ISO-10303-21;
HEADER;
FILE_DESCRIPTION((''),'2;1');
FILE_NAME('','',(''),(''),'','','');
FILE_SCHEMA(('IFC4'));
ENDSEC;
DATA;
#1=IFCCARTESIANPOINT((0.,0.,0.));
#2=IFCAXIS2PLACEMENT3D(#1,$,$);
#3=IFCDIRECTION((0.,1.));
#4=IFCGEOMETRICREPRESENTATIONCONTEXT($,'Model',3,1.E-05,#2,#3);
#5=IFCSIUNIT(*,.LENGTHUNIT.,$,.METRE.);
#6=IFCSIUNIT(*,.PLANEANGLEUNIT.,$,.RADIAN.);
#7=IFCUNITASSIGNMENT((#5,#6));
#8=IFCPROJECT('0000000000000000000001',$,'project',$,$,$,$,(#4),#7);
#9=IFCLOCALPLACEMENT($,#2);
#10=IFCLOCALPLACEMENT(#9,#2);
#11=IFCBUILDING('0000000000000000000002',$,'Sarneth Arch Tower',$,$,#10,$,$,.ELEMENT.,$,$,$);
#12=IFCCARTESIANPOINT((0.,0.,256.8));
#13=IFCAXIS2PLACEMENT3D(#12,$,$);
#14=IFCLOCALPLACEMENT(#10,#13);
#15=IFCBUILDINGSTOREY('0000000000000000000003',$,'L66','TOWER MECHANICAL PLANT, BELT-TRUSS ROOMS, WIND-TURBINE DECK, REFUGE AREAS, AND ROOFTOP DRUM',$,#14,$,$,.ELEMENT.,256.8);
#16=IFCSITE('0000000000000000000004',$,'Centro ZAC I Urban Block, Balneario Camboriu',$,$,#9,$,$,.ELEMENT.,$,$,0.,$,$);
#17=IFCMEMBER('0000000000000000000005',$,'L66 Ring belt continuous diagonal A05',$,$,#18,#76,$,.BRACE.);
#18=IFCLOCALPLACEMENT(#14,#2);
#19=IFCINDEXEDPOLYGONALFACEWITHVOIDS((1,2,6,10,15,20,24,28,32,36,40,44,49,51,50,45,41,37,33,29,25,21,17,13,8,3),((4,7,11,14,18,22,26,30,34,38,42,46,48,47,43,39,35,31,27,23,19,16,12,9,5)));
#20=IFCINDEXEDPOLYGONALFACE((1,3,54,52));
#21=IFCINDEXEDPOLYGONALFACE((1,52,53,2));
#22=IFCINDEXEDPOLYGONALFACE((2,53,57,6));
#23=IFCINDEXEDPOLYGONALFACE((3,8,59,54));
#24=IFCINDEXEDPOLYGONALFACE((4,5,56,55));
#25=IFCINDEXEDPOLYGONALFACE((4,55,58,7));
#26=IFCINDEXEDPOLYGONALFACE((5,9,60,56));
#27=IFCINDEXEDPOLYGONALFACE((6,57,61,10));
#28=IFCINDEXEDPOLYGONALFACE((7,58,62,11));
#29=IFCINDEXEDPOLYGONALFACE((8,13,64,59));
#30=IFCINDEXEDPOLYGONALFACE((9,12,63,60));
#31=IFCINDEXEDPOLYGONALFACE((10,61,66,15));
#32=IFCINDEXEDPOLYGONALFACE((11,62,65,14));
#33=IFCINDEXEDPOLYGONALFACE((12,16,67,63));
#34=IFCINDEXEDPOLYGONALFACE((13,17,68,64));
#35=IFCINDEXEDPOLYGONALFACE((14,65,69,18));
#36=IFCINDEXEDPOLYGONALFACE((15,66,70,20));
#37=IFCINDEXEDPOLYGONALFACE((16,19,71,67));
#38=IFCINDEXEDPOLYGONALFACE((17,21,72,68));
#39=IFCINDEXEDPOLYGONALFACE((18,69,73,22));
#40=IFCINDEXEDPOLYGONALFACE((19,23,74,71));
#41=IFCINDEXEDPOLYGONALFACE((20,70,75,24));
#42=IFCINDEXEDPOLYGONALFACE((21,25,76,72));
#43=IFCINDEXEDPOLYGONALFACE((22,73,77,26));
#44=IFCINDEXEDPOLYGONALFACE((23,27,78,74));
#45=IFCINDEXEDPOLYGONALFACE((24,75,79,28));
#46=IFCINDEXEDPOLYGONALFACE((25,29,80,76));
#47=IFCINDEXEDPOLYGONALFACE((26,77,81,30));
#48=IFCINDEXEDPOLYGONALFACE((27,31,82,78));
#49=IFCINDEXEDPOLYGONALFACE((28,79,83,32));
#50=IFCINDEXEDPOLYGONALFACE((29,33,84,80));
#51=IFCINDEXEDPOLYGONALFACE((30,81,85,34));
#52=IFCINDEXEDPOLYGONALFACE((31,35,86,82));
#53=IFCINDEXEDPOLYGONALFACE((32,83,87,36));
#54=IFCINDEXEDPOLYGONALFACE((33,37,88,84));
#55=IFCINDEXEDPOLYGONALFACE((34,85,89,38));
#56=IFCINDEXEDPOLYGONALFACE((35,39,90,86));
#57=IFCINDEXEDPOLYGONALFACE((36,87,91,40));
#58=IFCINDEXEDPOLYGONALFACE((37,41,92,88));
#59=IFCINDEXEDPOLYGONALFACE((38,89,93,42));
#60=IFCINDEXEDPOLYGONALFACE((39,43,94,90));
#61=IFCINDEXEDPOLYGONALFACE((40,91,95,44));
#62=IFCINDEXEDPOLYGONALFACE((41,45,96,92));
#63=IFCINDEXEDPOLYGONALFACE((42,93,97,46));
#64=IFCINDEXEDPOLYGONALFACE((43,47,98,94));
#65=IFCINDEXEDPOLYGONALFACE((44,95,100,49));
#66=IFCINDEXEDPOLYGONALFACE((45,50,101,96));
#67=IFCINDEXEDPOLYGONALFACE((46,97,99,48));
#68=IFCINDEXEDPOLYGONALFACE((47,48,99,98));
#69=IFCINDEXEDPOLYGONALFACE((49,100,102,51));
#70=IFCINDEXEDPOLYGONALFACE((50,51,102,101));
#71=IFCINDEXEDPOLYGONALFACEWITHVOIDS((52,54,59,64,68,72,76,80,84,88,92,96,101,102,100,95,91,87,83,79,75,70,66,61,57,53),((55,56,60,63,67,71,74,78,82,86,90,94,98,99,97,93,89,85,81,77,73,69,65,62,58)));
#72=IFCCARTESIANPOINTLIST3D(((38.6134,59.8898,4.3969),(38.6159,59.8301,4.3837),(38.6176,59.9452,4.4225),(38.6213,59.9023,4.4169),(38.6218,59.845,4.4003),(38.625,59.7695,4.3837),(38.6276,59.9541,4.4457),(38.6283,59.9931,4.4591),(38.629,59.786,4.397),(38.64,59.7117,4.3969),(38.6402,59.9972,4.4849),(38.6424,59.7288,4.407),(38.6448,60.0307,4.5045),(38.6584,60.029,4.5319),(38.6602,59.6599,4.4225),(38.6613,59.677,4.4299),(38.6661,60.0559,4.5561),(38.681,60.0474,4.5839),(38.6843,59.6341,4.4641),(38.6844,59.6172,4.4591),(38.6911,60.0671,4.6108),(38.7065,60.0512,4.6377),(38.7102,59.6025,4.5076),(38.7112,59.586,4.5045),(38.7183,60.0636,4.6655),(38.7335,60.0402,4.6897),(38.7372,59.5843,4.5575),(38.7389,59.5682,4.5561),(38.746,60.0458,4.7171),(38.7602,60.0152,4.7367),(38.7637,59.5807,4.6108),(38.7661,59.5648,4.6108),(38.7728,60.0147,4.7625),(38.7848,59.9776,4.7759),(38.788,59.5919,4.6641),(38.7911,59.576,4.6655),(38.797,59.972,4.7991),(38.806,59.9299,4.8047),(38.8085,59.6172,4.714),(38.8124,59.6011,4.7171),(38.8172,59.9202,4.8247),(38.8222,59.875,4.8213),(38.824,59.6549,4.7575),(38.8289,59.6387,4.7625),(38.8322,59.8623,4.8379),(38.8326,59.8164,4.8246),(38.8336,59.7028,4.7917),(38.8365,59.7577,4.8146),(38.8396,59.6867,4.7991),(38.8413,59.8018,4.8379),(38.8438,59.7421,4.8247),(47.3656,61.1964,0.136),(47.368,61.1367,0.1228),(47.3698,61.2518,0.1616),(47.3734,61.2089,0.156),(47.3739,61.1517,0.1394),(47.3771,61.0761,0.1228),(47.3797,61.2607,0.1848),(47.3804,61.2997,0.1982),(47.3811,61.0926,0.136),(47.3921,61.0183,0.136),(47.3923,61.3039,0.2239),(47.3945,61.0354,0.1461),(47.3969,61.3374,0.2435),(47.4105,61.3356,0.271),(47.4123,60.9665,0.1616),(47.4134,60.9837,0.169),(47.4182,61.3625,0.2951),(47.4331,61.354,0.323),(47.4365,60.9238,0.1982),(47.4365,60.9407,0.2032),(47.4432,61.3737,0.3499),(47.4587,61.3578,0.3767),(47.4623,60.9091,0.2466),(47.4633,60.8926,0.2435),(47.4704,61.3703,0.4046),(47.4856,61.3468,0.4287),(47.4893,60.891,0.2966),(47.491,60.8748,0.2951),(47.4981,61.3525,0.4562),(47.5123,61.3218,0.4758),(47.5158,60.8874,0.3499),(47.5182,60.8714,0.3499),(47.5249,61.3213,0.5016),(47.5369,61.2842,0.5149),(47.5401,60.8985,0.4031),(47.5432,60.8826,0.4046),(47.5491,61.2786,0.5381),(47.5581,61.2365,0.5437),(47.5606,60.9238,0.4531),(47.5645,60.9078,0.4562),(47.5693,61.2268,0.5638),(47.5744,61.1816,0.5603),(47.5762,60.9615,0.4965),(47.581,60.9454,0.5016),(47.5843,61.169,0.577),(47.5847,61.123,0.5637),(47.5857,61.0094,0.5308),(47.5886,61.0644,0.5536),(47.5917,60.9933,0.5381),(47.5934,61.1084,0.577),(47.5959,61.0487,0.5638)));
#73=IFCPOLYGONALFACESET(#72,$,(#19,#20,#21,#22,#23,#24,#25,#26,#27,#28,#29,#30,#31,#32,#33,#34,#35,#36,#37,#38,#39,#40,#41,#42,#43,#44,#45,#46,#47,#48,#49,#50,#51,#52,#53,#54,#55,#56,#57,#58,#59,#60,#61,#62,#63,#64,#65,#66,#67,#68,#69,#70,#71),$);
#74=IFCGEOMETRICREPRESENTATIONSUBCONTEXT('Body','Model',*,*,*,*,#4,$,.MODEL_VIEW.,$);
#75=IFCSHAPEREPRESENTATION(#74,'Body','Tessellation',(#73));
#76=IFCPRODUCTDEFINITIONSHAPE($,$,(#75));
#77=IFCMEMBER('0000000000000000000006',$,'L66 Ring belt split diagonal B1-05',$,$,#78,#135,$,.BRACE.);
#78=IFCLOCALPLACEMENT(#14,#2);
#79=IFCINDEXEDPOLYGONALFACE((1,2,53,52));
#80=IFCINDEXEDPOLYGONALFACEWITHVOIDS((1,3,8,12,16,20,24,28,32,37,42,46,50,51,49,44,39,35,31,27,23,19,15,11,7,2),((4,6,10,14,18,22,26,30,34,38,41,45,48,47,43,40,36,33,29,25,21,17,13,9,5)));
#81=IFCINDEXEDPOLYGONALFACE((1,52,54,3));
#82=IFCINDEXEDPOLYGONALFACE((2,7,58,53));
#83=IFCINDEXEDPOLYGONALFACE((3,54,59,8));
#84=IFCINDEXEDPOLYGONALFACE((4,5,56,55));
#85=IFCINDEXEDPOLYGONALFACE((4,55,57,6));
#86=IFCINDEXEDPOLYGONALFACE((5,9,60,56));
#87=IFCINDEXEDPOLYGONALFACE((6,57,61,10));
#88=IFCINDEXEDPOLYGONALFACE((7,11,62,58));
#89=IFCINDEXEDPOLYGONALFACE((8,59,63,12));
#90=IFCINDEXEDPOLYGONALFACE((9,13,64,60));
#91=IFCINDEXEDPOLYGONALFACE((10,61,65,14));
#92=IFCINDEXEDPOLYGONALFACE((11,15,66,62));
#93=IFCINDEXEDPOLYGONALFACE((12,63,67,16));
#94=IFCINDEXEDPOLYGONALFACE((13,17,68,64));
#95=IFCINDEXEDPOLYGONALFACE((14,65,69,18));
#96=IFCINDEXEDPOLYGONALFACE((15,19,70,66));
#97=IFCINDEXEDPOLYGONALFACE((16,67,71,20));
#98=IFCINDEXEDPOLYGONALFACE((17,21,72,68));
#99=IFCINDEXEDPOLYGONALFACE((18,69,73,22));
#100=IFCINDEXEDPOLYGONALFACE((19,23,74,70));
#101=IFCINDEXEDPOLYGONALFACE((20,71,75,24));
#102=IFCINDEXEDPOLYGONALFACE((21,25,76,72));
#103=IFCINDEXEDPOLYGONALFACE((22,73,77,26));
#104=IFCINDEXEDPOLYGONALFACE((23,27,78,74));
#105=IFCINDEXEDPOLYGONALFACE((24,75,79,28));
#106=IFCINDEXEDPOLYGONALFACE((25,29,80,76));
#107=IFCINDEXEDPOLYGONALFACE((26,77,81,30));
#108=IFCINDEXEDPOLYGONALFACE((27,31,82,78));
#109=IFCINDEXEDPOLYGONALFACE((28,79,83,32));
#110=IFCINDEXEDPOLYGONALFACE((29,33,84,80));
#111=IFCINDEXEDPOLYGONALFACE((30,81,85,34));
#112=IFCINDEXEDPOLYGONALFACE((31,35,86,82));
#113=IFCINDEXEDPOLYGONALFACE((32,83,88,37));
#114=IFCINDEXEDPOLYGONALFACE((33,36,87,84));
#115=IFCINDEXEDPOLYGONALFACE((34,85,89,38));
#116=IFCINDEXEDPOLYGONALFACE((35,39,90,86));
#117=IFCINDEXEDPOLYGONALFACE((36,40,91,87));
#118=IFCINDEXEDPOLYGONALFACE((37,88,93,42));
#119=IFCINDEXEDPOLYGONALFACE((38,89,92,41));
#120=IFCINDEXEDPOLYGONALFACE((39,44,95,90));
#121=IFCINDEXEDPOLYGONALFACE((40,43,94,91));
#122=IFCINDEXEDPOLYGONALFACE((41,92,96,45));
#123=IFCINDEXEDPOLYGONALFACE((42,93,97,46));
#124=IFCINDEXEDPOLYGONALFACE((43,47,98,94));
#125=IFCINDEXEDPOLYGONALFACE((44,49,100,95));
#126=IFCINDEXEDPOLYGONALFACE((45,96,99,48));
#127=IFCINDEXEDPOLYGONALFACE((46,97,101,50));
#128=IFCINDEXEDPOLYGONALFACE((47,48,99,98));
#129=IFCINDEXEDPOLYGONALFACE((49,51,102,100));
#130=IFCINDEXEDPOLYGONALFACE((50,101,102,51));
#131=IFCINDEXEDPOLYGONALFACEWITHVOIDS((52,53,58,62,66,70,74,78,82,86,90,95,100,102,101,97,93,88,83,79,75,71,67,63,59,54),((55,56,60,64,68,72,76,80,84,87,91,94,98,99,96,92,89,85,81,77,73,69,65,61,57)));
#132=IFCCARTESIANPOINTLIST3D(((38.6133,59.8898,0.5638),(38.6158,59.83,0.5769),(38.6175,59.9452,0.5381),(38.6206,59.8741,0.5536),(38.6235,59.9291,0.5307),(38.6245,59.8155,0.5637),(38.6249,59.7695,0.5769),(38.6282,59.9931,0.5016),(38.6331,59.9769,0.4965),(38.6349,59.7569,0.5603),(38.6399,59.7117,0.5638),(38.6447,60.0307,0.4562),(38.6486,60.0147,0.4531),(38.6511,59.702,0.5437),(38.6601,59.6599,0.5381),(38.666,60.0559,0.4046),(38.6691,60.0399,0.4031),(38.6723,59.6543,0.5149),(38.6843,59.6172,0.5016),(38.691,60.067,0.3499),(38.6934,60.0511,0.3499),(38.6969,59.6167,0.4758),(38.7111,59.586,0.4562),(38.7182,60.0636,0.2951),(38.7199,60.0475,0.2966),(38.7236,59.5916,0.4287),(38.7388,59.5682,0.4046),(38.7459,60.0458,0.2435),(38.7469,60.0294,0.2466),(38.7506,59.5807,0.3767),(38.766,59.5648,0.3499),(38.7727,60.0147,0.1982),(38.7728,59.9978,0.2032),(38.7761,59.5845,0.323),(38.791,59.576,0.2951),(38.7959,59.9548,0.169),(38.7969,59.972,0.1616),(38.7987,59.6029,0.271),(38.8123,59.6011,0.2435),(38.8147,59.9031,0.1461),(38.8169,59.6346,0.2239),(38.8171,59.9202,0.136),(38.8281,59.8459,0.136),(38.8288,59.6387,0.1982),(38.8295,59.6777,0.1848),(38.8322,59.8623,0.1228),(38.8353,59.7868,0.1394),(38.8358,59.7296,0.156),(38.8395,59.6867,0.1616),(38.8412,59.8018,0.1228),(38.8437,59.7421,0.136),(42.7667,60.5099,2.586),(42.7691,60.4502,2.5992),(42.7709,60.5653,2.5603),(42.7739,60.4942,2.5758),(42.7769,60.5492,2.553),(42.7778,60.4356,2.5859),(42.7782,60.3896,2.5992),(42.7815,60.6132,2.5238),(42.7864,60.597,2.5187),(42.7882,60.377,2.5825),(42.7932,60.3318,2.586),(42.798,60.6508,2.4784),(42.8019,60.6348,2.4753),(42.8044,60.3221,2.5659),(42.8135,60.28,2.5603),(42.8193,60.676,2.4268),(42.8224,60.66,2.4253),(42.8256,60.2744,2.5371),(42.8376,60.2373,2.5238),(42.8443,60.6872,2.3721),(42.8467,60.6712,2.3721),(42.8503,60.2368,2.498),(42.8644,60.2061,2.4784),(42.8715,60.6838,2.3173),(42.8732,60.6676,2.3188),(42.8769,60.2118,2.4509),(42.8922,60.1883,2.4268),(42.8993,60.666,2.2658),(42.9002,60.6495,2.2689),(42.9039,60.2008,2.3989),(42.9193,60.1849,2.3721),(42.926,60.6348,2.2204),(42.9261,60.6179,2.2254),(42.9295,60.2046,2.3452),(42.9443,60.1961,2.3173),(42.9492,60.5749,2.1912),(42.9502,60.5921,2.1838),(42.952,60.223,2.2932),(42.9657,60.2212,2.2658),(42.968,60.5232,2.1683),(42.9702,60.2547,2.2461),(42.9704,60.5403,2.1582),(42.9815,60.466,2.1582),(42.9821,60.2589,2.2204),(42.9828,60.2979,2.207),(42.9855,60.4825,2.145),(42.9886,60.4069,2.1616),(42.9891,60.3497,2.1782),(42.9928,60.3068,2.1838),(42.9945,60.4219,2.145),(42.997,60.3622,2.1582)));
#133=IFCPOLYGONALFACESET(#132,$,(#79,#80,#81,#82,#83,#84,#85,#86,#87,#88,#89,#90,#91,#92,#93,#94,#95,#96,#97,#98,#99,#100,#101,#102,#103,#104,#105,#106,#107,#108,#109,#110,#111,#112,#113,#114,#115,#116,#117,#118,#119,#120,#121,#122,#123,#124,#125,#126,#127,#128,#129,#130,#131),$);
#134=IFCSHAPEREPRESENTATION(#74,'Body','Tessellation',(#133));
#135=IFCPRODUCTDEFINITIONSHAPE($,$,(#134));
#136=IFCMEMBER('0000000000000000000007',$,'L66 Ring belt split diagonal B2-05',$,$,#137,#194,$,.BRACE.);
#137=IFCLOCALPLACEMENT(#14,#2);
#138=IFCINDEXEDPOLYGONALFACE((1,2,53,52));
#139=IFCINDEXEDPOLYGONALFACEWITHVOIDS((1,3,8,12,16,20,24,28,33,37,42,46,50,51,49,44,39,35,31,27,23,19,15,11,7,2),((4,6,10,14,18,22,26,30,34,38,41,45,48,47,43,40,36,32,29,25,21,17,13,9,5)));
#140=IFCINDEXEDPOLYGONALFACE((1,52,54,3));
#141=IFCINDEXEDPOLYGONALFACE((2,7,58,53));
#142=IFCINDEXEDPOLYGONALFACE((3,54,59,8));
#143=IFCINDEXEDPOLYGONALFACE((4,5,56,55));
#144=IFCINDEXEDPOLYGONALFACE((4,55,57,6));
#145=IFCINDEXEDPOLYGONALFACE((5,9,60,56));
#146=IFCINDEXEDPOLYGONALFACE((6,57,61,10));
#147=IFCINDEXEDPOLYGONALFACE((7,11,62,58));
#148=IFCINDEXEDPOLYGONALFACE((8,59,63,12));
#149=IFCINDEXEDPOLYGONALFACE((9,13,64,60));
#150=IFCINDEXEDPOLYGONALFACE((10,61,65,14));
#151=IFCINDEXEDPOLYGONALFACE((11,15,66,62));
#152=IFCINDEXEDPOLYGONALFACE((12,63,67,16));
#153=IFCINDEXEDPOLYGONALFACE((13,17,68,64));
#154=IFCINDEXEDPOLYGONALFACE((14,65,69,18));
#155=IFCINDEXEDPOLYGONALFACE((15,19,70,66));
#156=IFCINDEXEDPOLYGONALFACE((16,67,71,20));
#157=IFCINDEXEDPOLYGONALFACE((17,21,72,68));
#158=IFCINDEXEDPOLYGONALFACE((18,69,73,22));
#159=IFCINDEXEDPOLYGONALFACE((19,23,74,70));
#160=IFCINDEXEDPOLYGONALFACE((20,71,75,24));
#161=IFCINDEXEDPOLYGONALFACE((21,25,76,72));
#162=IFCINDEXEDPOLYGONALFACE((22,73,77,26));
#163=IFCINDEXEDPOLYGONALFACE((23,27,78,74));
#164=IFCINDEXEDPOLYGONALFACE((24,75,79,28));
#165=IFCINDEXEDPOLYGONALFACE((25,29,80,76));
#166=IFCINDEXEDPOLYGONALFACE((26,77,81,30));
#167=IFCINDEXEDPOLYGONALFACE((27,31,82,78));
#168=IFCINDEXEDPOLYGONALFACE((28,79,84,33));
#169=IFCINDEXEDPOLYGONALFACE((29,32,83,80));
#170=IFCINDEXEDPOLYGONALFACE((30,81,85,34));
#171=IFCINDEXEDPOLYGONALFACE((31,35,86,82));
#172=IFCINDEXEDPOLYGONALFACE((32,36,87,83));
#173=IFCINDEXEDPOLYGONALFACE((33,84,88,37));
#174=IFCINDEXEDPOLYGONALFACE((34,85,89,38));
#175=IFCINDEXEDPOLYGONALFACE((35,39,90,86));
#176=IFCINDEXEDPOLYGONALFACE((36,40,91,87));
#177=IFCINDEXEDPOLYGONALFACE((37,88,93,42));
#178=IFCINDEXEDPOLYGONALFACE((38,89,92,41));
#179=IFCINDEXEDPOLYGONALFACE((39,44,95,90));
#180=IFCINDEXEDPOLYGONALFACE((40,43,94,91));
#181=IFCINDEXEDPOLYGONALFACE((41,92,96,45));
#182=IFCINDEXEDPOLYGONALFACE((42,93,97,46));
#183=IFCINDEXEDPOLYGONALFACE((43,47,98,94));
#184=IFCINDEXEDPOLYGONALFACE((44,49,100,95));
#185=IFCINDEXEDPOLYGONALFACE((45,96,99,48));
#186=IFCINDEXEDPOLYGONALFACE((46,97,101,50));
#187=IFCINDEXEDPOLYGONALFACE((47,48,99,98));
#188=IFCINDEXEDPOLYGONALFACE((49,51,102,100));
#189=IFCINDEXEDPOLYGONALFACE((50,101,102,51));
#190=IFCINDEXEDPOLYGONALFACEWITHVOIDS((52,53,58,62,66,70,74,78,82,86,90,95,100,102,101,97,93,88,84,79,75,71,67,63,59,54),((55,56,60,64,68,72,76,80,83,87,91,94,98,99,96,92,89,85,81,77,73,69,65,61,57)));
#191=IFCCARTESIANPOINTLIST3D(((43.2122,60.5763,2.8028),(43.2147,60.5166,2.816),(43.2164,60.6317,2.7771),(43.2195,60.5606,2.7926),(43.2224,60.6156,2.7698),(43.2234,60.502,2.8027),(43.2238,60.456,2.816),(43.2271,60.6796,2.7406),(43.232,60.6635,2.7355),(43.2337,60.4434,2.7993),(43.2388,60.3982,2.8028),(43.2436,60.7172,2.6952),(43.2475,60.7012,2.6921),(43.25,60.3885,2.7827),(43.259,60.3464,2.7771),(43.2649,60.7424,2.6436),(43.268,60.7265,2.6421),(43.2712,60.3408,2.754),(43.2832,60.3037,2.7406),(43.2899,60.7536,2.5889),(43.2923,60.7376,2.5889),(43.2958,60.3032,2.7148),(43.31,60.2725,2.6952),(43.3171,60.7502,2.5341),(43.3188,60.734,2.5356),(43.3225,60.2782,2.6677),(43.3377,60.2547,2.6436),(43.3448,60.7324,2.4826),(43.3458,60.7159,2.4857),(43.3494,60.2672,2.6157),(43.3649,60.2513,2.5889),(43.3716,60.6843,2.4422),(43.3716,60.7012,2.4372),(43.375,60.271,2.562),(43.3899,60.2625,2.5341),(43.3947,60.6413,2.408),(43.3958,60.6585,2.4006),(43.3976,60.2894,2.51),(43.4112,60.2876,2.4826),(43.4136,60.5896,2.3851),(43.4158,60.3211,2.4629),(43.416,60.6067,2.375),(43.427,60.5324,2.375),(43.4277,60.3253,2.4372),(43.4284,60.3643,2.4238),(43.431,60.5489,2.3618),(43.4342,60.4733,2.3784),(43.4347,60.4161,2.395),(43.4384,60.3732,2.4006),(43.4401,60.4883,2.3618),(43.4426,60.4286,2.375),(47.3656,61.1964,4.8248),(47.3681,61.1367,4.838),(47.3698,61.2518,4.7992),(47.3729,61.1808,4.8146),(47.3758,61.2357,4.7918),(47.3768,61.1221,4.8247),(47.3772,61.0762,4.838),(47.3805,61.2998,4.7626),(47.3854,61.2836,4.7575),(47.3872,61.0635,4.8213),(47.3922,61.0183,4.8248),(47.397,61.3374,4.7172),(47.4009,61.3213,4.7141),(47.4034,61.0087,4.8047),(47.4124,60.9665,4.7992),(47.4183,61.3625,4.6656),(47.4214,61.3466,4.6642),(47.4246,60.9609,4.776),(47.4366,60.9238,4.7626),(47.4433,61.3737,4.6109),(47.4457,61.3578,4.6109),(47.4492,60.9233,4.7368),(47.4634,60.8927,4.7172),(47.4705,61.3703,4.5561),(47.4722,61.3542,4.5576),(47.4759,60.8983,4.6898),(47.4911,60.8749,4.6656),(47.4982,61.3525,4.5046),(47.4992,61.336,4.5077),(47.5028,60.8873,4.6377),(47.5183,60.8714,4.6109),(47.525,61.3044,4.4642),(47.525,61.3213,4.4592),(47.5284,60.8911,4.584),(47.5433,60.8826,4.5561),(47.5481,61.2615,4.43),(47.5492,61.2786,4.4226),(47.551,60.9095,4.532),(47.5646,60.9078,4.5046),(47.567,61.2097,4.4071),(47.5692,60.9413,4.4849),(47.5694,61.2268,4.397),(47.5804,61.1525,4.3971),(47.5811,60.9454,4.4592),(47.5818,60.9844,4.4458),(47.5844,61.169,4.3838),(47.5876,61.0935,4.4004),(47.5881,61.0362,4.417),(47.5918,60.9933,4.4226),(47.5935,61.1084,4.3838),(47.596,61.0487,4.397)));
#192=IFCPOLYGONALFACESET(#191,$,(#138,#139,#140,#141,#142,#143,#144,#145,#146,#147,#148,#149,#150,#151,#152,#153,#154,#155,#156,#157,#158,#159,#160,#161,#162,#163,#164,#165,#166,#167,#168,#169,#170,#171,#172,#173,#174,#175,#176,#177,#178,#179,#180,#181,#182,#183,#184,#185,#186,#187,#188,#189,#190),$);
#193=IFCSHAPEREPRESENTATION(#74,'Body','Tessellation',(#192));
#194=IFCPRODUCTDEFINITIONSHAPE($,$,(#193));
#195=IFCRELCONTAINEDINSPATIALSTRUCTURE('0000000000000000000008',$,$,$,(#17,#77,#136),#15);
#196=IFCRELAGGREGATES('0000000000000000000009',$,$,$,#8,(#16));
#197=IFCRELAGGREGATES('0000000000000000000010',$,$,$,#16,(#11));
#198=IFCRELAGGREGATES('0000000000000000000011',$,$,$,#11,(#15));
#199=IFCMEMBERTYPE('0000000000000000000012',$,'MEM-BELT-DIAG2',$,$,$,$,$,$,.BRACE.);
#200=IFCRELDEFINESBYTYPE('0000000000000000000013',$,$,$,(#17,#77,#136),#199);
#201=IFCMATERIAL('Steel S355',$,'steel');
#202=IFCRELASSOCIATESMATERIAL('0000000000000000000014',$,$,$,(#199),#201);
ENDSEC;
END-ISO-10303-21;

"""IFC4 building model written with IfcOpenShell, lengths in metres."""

from ifc_helpers import new_model, si_unit, direction, frame, origin, origin_2d, place, context, subcontext, project, spatial, hollow_circle, extrude, material, material_profile, profile_set, type_object, element, save


model = new_model("IFC4")

# Units and contexts
model_context = context("Model", 3, precision=1e-05, world=origin(), true_north=direction((0.0, 1.0)))
body_context = subcontext(model_context, "Body", "Model", "MODEL_VIEW")
ifc_project = project(units=[si_unit("LENGTHUNIT", "METRE"), si_unit("PLANEANGLEUNIT", "RADIAN")], contexts=[model_context])

# Site, building, storey
site_placement = place(None, origin())
site = spatial("IfcSite", under=ifc_project, at=site_placement, Name="Centro ZAC I Urban Block, Balneario Camboriu", CompositionType="ELEMENT", RefElevation=0.0)
building_placement = place(site_placement, origin())
building = spatial("IfcBuilding", under=site, at=building_placement, Name="Sarneth Arch Tower", CompositionType="ELEMENT")
storey_placement = place(building_placement, frame((0.0, 0.0, 256.8)))
storey = spatial("IfcBuildingStorey", under=building, at=storey_placement, Name="L66", Description="TOWER MECHANICAL PLANT, BELT-TRUSS ROOMS, WIND-TURBINE DECK, REFUGE AREAS, AND ROOFTOP DRUM", CompositionType="ELEMENT", Elevation=256.8)

# Members
ifc_material_1 = material(Name="Steel S355", Category="steel")
ifc_material_profile_1 = material_profile(ifc_material_1, hollow_circle(Radius=0.2539, WallThickness=0.0161, at=origin_2d()), Name="CHS508x16")
ifc_profile_set_1 = profile_set([ifc_material_profile_1], Name="Steel S355")
member_type_1 = type_object("IfcMemberType", Name="MEM-BELT-DIAG2", PredefinedType="BRACE", material=ifc_profile_set_1)
member_1_placement = place(storey_placement, frame((47.4807, 61.1226, 0.3499), z_axis=(-0.891115, -0.133037, 0.433837), x_axis=(0.147656, -0.989039, 0.0)))
element("IfcMember", 1, at=member_1_placement, inside=storey, type_object=member_type_1, Name="L66 Ring belt continuous diagonal A05", PredefinedType="BRACE", context=body_context, shape_type="SweptSolid", body=[
    extrude(hollow_circle(Radius=0.2539, WallThickness=0.0161, at=origin_2d()), origin(), (0.0, 0.0, 1.0), 9.8215),
])
for number, where, z_axis, x_axis, name in (
    (2, (38.7285, 59.8159, 0.3499), (0.891099, 0.133047, 0.433868), (-0.147669, 0.989037, 0.0), "L66 Ring belt split diagonal B1-05"),
    (3, (43.3274, 60.5024, 2.5889), (0.891119, 0.13305, 0.433826), (-0.147669, 0.989037, 0.0), "L66 Ring belt split diagonal B2-05"),
):
    element("IfcMember", number, at=place(storey_placement, frame(where, z_axis=z_axis, x_axis=x_axis)), inside=storey, type_object=member_type_1, Name=name, PredefinedType="BRACE", context=body_context, shape_type="SweptSolid", body=[
        extrude(hollow_circle(Radius=0.2539, WallThickness=0.0161, at=origin_2d()), origin(), (0.0, 0.0, 1.0), 4.6609),
    ])

save(model, "model.ifc")
